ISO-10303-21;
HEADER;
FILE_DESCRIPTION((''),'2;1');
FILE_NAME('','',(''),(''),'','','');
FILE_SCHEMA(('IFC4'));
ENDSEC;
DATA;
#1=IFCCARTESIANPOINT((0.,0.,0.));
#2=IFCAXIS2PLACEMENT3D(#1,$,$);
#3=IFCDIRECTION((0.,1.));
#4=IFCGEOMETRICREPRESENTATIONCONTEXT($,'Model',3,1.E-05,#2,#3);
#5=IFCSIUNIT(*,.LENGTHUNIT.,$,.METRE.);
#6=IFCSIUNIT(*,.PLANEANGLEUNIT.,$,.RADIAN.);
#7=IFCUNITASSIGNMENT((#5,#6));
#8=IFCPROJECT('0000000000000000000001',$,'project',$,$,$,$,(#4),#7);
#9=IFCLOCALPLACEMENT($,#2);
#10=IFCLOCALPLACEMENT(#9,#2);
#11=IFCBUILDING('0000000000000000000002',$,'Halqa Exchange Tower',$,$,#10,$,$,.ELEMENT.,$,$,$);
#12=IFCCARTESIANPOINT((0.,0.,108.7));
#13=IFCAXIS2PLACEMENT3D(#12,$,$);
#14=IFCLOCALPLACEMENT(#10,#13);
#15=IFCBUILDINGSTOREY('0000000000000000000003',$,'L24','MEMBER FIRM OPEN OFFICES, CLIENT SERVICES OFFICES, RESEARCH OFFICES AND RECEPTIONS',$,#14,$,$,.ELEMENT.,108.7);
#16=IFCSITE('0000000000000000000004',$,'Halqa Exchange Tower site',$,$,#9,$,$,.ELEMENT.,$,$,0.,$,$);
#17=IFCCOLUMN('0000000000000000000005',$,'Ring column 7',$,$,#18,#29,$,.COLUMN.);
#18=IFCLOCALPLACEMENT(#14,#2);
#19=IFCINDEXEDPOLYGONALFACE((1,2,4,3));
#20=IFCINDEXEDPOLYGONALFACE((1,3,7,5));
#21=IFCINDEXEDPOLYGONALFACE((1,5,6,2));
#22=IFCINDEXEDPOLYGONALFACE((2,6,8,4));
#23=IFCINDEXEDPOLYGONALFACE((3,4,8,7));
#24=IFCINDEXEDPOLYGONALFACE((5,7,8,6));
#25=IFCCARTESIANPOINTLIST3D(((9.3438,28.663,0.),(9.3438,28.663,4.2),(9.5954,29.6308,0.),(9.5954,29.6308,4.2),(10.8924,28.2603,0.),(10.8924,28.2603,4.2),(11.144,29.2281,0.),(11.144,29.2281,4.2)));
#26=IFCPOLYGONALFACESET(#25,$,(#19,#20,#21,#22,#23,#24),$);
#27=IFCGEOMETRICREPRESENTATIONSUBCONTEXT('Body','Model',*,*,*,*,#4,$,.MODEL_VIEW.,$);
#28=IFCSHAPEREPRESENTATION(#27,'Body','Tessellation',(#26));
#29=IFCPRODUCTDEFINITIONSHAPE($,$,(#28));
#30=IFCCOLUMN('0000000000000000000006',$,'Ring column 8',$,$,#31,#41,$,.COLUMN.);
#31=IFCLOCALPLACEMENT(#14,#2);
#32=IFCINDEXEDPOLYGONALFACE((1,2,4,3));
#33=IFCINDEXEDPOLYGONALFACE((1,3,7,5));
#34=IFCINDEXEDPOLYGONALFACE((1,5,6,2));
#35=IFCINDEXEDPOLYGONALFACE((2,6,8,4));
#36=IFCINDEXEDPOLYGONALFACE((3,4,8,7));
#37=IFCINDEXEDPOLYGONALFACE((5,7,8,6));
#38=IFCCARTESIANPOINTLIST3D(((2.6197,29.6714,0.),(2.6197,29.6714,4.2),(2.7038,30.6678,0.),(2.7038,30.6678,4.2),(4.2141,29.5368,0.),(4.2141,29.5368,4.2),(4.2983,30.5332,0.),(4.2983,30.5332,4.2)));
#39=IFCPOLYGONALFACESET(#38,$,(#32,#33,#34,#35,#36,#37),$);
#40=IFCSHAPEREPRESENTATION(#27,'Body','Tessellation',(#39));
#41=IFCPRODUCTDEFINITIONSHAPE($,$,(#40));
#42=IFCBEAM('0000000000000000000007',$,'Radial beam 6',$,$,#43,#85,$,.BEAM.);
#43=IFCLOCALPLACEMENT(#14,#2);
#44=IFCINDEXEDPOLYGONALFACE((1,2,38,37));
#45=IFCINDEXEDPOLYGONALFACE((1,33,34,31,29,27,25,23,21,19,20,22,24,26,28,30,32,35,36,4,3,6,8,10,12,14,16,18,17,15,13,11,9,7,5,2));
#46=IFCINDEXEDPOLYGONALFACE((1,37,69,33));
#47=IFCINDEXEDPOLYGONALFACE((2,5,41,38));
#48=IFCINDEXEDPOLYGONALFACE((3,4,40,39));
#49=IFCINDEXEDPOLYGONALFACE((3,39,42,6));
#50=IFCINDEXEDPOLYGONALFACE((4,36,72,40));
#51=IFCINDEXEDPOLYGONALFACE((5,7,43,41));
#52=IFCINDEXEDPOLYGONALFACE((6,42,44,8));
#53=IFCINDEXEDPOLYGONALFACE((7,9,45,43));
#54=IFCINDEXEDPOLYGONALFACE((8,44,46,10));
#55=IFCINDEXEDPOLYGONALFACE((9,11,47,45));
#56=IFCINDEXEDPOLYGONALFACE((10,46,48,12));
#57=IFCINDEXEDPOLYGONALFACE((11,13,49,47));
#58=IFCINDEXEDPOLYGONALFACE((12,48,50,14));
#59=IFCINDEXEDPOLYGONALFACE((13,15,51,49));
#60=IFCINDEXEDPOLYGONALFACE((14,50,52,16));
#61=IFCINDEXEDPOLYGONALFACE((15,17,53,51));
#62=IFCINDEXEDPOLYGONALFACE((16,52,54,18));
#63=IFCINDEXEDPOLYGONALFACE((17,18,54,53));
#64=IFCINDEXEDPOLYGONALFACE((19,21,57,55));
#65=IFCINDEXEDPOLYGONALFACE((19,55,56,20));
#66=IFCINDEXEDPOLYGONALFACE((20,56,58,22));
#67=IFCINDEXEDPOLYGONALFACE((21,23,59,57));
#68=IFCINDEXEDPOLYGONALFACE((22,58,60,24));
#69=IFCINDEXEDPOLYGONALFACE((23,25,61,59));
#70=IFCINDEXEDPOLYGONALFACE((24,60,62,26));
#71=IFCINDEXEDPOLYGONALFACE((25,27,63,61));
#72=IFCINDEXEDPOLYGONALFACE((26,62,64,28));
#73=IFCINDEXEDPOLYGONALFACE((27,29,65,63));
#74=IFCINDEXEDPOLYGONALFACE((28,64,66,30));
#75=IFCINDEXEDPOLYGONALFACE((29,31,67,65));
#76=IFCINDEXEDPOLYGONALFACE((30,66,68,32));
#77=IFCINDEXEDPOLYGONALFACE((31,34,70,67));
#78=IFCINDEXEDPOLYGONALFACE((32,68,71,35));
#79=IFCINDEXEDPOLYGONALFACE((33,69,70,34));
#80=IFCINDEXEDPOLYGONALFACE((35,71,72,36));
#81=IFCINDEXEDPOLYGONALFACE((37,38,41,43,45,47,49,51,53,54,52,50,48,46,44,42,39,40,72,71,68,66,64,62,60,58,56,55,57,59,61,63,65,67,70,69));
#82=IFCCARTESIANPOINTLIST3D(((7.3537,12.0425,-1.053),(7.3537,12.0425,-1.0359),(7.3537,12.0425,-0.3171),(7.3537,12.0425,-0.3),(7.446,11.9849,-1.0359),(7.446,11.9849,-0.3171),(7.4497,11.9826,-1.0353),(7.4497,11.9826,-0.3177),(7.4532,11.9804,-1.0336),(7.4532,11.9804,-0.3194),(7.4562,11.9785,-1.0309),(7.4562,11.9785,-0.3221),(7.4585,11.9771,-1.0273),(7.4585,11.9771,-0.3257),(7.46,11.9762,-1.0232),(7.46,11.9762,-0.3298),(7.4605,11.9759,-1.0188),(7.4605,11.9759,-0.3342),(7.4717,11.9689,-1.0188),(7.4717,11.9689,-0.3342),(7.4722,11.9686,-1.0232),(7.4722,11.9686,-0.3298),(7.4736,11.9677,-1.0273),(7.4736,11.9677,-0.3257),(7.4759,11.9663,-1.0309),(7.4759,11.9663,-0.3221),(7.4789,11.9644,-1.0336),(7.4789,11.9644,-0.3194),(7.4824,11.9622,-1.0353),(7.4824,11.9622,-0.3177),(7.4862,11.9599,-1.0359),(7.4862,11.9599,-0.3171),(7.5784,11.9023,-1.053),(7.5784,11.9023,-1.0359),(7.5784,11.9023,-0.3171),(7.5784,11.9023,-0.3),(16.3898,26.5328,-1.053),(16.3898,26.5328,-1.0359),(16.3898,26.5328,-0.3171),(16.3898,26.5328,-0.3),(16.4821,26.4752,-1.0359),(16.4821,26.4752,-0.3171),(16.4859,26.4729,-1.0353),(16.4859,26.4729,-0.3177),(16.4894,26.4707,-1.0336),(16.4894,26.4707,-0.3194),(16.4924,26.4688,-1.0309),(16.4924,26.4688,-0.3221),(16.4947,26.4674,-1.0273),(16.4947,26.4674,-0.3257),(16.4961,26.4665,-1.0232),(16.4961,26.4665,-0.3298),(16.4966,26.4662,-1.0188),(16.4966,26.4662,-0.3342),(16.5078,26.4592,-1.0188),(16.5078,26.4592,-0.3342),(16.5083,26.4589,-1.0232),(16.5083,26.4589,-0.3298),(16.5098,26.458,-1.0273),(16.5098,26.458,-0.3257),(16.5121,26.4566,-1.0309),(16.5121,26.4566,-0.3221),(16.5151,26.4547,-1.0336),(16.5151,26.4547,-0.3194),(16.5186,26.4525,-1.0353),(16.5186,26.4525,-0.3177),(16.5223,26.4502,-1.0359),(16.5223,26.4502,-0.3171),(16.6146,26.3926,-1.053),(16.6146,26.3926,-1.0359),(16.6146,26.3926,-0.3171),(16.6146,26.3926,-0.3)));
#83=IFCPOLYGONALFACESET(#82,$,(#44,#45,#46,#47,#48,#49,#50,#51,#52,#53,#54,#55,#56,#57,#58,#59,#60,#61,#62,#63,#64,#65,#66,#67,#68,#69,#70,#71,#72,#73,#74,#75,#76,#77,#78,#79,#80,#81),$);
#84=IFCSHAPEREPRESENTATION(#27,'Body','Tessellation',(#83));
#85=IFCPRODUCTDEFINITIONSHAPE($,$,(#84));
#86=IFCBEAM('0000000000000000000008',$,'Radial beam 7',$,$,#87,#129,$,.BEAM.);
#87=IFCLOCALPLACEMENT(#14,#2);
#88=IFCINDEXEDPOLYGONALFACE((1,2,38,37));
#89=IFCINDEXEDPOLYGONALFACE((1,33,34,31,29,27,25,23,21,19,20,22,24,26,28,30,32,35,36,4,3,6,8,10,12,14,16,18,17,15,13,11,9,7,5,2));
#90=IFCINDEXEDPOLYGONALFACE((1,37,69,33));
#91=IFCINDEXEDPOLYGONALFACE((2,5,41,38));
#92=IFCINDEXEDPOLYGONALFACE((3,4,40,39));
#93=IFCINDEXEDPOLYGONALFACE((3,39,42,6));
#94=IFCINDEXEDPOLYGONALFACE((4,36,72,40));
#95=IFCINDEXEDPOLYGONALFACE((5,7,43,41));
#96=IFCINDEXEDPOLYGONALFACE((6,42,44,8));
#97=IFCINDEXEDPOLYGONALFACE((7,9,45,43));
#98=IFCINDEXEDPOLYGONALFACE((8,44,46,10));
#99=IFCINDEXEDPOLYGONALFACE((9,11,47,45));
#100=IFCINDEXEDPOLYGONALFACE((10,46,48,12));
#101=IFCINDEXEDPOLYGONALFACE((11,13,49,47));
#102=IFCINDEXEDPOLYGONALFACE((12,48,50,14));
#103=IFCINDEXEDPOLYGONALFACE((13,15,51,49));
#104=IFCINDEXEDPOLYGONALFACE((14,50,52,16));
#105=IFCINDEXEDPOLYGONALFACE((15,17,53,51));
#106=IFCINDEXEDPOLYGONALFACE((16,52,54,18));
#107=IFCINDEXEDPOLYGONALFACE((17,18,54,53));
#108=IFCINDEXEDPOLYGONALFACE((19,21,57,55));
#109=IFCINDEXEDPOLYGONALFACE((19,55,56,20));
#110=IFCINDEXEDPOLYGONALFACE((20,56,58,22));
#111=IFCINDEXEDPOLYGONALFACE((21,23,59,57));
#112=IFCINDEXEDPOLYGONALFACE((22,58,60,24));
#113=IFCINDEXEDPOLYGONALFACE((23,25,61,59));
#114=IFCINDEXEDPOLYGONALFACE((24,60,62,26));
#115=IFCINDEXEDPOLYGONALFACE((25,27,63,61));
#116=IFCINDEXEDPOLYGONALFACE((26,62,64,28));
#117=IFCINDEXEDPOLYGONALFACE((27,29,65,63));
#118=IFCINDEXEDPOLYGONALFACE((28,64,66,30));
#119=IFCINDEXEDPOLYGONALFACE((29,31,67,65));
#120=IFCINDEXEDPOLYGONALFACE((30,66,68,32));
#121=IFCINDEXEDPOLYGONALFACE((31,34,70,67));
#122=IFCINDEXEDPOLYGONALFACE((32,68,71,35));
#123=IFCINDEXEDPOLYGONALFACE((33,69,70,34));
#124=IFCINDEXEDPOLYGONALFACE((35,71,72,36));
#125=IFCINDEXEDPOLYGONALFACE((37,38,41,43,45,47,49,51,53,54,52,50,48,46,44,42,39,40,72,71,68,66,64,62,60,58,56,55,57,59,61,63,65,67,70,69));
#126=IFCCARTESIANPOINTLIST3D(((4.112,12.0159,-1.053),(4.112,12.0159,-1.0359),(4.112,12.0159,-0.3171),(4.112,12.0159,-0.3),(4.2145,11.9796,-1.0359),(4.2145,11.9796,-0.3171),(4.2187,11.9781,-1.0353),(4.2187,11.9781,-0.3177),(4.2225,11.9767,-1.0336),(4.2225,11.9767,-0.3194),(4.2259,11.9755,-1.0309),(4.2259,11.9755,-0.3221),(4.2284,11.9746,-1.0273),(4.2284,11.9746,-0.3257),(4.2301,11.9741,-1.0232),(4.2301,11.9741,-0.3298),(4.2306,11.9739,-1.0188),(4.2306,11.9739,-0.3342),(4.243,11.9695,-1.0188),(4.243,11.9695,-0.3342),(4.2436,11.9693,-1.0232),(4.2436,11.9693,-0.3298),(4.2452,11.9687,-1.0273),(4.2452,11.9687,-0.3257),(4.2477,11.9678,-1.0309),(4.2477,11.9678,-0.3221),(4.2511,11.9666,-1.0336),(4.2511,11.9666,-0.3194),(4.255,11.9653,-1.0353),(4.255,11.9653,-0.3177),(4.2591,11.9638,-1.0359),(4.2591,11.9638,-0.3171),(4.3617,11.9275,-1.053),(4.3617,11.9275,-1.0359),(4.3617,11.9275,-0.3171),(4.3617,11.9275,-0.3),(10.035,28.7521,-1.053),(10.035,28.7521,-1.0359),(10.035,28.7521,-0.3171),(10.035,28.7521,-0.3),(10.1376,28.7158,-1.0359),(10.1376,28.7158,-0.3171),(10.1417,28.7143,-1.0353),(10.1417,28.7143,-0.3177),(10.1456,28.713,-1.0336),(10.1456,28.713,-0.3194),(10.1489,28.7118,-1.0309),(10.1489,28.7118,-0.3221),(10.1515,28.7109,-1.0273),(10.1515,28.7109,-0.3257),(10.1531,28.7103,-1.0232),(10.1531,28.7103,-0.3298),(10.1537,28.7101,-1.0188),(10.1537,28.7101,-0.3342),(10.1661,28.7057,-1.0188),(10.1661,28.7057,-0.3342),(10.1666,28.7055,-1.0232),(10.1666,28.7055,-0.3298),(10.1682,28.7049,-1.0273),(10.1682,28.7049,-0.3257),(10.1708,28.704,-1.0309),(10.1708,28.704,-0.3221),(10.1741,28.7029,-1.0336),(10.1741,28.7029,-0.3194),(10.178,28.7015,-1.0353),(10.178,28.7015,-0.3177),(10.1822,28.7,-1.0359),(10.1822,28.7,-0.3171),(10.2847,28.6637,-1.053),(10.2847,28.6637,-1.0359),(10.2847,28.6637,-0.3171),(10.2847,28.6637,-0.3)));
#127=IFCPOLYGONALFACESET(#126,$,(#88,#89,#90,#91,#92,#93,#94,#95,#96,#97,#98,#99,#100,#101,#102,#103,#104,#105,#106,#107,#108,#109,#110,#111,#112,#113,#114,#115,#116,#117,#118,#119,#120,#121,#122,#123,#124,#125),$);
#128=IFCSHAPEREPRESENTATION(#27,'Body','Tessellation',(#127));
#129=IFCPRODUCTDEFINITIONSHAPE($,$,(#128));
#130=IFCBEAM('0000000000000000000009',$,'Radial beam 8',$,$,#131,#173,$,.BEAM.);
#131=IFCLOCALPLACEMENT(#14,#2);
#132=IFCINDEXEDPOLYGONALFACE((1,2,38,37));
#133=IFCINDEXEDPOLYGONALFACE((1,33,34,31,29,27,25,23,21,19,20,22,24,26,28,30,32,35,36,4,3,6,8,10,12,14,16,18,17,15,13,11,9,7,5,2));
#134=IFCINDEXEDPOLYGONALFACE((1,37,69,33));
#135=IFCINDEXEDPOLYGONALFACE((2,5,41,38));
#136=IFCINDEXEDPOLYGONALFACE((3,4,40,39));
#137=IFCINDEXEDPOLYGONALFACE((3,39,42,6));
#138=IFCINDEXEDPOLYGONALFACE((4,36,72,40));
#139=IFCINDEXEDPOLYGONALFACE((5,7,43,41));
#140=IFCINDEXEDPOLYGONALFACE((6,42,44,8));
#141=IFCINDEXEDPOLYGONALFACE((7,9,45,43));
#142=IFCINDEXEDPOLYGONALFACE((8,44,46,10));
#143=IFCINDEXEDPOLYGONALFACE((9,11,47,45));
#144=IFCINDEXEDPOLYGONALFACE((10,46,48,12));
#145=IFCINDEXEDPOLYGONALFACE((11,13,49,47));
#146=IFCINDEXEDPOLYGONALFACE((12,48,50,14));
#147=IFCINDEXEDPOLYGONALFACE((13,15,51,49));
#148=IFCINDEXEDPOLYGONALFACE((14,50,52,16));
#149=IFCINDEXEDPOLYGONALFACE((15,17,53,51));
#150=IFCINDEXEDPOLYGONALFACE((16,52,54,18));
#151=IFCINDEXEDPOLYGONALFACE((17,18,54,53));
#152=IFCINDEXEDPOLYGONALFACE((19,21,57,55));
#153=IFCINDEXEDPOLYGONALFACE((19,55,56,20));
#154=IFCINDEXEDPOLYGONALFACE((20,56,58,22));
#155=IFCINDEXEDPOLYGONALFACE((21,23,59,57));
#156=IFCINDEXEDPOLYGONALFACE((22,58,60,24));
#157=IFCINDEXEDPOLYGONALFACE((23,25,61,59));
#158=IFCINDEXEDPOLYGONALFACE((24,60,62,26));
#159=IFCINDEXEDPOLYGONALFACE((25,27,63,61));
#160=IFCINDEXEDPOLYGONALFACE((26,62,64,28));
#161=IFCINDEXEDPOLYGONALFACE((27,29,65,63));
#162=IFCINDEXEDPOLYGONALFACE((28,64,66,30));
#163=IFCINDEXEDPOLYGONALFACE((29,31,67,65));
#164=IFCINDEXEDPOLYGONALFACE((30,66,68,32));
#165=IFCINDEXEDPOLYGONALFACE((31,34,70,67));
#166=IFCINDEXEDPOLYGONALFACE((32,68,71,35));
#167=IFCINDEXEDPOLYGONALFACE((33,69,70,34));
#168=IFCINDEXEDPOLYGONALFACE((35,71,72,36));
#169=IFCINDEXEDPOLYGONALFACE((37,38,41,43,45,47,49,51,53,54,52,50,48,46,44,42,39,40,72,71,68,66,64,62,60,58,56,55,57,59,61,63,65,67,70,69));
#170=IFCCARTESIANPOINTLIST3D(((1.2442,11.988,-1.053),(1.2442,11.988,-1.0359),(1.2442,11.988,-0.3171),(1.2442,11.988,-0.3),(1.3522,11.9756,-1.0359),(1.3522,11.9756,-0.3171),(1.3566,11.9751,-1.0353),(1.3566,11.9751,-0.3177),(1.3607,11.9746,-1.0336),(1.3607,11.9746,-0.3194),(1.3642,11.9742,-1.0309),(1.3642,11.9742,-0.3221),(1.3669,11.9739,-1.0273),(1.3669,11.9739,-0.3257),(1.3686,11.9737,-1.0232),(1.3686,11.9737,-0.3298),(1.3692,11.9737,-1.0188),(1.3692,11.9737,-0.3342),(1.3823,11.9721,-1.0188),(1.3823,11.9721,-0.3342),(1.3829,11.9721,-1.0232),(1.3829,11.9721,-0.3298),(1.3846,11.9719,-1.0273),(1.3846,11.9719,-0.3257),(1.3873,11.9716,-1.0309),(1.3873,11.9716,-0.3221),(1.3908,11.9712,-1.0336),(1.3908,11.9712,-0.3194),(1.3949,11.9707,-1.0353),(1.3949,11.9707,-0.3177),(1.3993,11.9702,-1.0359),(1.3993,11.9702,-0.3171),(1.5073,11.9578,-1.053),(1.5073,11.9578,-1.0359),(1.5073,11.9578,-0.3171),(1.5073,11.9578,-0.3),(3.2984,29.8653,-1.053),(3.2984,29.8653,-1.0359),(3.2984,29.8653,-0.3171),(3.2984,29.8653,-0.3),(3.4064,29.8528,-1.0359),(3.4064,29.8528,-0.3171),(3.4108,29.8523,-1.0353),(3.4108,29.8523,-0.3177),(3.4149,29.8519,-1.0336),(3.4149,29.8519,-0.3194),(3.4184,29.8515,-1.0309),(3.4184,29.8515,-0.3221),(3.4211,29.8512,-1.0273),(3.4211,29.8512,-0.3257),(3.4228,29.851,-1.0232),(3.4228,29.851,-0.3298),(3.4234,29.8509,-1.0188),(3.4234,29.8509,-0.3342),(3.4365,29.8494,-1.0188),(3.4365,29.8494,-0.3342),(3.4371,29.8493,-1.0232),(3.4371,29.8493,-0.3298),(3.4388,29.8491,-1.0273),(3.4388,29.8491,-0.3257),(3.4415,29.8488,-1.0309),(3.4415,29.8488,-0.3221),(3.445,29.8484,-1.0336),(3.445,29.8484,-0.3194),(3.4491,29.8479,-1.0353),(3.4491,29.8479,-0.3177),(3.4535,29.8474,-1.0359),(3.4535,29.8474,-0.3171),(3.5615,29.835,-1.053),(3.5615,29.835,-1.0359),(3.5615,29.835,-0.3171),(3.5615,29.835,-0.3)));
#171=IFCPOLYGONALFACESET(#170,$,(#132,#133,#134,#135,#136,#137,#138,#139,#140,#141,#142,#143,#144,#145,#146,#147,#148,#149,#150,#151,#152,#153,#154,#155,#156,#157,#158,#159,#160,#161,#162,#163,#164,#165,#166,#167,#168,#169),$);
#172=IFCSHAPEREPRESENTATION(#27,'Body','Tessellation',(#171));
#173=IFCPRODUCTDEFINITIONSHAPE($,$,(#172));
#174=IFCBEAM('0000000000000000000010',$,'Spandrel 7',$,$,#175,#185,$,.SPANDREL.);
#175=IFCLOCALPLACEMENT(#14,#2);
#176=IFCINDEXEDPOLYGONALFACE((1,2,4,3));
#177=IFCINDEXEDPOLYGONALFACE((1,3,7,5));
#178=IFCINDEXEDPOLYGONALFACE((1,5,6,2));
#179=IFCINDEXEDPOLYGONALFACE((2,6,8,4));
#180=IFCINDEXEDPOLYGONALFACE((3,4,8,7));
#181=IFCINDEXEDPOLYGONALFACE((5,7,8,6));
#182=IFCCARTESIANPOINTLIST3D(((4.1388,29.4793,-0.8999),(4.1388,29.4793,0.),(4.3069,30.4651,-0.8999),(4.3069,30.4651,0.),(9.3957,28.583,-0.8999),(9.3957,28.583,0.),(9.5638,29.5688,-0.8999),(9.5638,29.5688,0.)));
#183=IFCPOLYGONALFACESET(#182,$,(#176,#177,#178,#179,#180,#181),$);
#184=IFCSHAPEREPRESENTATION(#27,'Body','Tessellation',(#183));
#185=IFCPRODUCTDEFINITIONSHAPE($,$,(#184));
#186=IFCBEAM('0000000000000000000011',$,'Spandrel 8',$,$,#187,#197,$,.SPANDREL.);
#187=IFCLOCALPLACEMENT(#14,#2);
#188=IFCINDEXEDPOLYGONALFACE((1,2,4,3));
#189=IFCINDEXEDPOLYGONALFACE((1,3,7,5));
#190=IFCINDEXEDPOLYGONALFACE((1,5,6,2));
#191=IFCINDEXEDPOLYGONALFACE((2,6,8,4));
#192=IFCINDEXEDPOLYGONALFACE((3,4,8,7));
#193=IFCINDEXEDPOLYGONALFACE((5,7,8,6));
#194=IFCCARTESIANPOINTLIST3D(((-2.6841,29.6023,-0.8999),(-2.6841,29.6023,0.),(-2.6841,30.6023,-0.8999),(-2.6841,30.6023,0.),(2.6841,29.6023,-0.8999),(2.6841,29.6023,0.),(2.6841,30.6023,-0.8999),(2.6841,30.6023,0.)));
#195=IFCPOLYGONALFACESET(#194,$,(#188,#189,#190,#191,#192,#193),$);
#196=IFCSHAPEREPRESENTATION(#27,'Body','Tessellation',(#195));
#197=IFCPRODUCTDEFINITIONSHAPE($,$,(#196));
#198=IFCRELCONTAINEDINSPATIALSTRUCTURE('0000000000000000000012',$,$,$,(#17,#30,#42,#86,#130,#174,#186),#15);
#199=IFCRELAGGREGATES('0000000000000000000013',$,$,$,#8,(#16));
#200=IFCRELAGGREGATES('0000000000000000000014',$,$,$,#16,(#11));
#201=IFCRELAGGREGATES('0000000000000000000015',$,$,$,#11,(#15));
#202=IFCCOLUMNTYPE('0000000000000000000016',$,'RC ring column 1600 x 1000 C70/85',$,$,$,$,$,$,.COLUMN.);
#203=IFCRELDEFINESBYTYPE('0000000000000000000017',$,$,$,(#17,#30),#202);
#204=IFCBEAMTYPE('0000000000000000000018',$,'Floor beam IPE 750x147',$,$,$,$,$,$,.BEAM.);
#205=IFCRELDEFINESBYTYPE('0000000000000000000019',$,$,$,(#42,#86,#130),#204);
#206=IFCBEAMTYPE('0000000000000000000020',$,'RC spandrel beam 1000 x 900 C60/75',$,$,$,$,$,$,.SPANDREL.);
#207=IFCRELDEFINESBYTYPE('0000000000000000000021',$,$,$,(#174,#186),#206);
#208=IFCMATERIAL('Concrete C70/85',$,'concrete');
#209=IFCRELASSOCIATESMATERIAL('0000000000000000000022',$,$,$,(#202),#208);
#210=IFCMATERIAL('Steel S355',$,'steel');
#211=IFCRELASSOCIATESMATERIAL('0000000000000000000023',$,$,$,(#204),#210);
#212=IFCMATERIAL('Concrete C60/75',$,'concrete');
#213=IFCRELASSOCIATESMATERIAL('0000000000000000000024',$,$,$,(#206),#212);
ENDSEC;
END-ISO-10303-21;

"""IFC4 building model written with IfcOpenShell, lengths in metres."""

from ifc_helpers import new_model, si_unit, direction, frame, origin, origin_2d, place, context, subcontext, project, spatial, rectangle, i_section, extrude, material, material_profile, profile_set, type_object, element, save


model = new_model("IFC4")

# Units and contexts
model_context = context("Model", 3, precision=1e-05, world=origin(), true_north=direction((0.0, 1.0)))
body_context = subcontext(model_context, "Body", "Model", "MODEL_VIEW")
ifc_project = project(units=[si_unit("LENGTHUNIT", "METRE"), si_unit("PLANEANGLEUNIT", "RADIAN")], contexts=[model_context])

# Site, building, storey
site_placement = place(None, origin())
site = spatial("IfcSite", under=ifc_project, at=site_placement, Name="Halqa Exchange Tower site", CompositionType="ELEMENT", RefElevation=0.0)
building_placement = place(site_placement, origin())
building = spatial("IfcBuilding", under=site, at=building_placement, Name="Halqa Exchange Tower", CompositionType="ELEMENT")
storey_placement = place(building_placement, frame((0.0, 0.0, 108.7)))
storey = spatial("IfcBuildingStorey", under=building, at=storey_placement, Name="L24", Description="MEMBER FIRM OPEN OFFICES, CLIENT SERVICES OFFICES, RESEARCH OFFICES AND RECEPTIONS", CompositionType="ELEMENT", Elevation=108.7)

# Columns
ifc_material_1 = material(Name="Concrete C70/85", Category="concrete")
ifc_material_profile_1 = material_profile(ifc_material_1, rectangle(XDim=1.6001, YDim=1.0, at=origin_2d()), Name="1600 x 1000")
ifc_profile_set_1 = profile_set([ifc_material_profile_1], Name="Concrete C70/85")
column_type = type_object("IfcColumnType", Name="RC ring column 1600 x 1000 C70/85", PredefinedType="COLUMN", material=ifc_profile_set_1)
for number, where, z_axis, x_axis, name in (
    (1, (10.2439, 28.9456, 0.0), (0.0, 0.0, 1.0), (-0.96782, 0.251644, 0.0), "Ring column 7"),
    (2, (3.459, 30.1023, 0.0), (0.0, 0.0, 1.0), (-0.996456, 0.08412, 0.0), "Ring column 8"),
):
    element("IfcColumn", number, at=place(storey_placement, frame(where, z_axis=z_axis, x_axis=x_axis)), inside=storey, type_object=column_type, Name=name, PredefinedType="COLUMN", context=body_context, shape_type="SweptSolid", body=[
        extrude(rectangle(XDim=1.6001, YDim=1.0, at=origin_2d()), origin(), (0.0, 0.0, 1.0), 4.2),
    ])

# Beams
ifc_material_2 = material(Name="Steel S355", Category="steel")
ifc_material_profile_2 = material_profile(ifc_material_2, i_section(OverallWidth=0.2649, OverallDepth=0.7529, WebThickness=0.0132, FlangeThickness=0.0171, FilletRadius=0.0171, at=origin_2d()), Name="IPE 750x147")
ifc_profile_set_2 = profile_set([ifc_material_profile_2], Name="Steel S355")
beam_type_1 = type_object("IfcBeamType", Name="Floor beam IPE 750x147", PredefinedType="BEAM", material=ifc_profile_set_2)
beam_1_placement = place(storey_placement, frame((7.4661, 11.9724, -0.6765), z_axis=(0.529145, 0.848531, 0.0), x_axis=(-0.848531, 0.529145, 0.0)))
element("IfcBeam", 3, at=beam_1_placement, inside=storey, type_object=beam_type_1, Name="Radial beam 6", PredefinedType="BEAM", context=body_context, shape_type="SweptSolid", body=[
    extrude(i_section(OverallWidth=0.2649, OverallDepth=0.7529, WebThickness=0.0132, FlangeThickness=0.0171, FilletRadius=0.0171, at=origin_2d()), origin(), (0.0, 0.0, 1.0), 17.0769),
])
beam_2_placement = place(storey_placement, frame((4.2368, 11.9717, -0.6765), z_axis=(0.333629, 0.942704, 0.0), x_axis=(-0.942704, 0.333629, 0.0)))
element("IfcBeam", 4, at=beam_2_placement, inside=storey, type_object=beam_type_1, Name="Radial beam 7", PredefinedType="BEAM", context=body_context, shape_type="SweptSolid", body=[
    extrude(i_section(OverallWidth=0.2649, OverallDepth=0.7529, WebThickness=0.0132, FlangeThickness=0.0171, FilletRadius=0.0171, at=origin_2d()), origin(), (0.0, 0.0, 1.0), 17.7534),
])
beam_3_placement = place(storey_placement, frame((1.3757, 11.9729, -0.6765), z_axis=(0.114155, 0.993463, 0.0), x_axis=(-0.993463, 0.114155, 0.0)))
element("IfcBeam", 5, at=beam_3_placement, inside=storey, type_object=beam_type_1, Name="Radial beam 8", PredefinedType="BEAM", context=body_context, shape_type="SweptSolid", body=[
    extrude(i_section(OverallWidth=0.2649, OverallDepth=0.7529, WebThickness=0.0132, FlangeThickness=0.0171, FilletRadius=0.0171, at=origin_2d()), origin(), (0.0, 0.0, 1.0), 17.9949),
])
ifc_material_3 = material(Name="Concrete C60/75", Category="concrete")
ifc_material_profile_3 = material_profile(ifc_material_3, rectangle(XDim=1.0, YDim=0.8999, at=origin_2d()), Name="1000 x 900")
ifc_profile_set_3 = profile_set([ifc_material_profile_3], Name="Concrete C60/75")
beam_type_2 = type_object("IfcBeamType", Name="RC spandrel beam 1000 x 900 C60/75", PredefinedType="SPANDREL", material=ifc_profile_set_3)
beam_4_placement = place(storey_placement, frame((9.4797, 29.0759, -0.45), z_axis=(-0.985776, 0.168065, 0.0), x_axis=(-0.168065, -0.985776, 0.0)))
element("IfcBeam", 6, at=beam_4_placement, inside=storey, type_object=beam_type_2, Name="Spandrel 7", PredefinedType="SPANDREL", context=body_context, shape_type="SweptSolid", body=[
    extrude(rectangle(XDim=1.0, YDim=0.8999, at=origin_2d()), origin(), (0.0, 0.0, 1.0), 5.3328),
])
beam_5_placement = place(storey_placement, frame((2.6841, 30.1023, -0.45), z_axis=(-1.0, 0.0, 0.0), x_axis=(0.0, -1.0, 0.0)))
element("IfcBeam", 7, at=beam_5_placement, inside=storey, type_object=beam_type_2, Name="Spandrel 8", PredefinedType="SPANDREL", context=body_context, shape_type="SweptSolid", body=[
    extrude(rectangle(XDim=1.0, YDim=0.8999, at=origin_2d()), origin(), (0.0, 0.0, 1.0), 5.3682),
])

save(model, "model.ifc")
